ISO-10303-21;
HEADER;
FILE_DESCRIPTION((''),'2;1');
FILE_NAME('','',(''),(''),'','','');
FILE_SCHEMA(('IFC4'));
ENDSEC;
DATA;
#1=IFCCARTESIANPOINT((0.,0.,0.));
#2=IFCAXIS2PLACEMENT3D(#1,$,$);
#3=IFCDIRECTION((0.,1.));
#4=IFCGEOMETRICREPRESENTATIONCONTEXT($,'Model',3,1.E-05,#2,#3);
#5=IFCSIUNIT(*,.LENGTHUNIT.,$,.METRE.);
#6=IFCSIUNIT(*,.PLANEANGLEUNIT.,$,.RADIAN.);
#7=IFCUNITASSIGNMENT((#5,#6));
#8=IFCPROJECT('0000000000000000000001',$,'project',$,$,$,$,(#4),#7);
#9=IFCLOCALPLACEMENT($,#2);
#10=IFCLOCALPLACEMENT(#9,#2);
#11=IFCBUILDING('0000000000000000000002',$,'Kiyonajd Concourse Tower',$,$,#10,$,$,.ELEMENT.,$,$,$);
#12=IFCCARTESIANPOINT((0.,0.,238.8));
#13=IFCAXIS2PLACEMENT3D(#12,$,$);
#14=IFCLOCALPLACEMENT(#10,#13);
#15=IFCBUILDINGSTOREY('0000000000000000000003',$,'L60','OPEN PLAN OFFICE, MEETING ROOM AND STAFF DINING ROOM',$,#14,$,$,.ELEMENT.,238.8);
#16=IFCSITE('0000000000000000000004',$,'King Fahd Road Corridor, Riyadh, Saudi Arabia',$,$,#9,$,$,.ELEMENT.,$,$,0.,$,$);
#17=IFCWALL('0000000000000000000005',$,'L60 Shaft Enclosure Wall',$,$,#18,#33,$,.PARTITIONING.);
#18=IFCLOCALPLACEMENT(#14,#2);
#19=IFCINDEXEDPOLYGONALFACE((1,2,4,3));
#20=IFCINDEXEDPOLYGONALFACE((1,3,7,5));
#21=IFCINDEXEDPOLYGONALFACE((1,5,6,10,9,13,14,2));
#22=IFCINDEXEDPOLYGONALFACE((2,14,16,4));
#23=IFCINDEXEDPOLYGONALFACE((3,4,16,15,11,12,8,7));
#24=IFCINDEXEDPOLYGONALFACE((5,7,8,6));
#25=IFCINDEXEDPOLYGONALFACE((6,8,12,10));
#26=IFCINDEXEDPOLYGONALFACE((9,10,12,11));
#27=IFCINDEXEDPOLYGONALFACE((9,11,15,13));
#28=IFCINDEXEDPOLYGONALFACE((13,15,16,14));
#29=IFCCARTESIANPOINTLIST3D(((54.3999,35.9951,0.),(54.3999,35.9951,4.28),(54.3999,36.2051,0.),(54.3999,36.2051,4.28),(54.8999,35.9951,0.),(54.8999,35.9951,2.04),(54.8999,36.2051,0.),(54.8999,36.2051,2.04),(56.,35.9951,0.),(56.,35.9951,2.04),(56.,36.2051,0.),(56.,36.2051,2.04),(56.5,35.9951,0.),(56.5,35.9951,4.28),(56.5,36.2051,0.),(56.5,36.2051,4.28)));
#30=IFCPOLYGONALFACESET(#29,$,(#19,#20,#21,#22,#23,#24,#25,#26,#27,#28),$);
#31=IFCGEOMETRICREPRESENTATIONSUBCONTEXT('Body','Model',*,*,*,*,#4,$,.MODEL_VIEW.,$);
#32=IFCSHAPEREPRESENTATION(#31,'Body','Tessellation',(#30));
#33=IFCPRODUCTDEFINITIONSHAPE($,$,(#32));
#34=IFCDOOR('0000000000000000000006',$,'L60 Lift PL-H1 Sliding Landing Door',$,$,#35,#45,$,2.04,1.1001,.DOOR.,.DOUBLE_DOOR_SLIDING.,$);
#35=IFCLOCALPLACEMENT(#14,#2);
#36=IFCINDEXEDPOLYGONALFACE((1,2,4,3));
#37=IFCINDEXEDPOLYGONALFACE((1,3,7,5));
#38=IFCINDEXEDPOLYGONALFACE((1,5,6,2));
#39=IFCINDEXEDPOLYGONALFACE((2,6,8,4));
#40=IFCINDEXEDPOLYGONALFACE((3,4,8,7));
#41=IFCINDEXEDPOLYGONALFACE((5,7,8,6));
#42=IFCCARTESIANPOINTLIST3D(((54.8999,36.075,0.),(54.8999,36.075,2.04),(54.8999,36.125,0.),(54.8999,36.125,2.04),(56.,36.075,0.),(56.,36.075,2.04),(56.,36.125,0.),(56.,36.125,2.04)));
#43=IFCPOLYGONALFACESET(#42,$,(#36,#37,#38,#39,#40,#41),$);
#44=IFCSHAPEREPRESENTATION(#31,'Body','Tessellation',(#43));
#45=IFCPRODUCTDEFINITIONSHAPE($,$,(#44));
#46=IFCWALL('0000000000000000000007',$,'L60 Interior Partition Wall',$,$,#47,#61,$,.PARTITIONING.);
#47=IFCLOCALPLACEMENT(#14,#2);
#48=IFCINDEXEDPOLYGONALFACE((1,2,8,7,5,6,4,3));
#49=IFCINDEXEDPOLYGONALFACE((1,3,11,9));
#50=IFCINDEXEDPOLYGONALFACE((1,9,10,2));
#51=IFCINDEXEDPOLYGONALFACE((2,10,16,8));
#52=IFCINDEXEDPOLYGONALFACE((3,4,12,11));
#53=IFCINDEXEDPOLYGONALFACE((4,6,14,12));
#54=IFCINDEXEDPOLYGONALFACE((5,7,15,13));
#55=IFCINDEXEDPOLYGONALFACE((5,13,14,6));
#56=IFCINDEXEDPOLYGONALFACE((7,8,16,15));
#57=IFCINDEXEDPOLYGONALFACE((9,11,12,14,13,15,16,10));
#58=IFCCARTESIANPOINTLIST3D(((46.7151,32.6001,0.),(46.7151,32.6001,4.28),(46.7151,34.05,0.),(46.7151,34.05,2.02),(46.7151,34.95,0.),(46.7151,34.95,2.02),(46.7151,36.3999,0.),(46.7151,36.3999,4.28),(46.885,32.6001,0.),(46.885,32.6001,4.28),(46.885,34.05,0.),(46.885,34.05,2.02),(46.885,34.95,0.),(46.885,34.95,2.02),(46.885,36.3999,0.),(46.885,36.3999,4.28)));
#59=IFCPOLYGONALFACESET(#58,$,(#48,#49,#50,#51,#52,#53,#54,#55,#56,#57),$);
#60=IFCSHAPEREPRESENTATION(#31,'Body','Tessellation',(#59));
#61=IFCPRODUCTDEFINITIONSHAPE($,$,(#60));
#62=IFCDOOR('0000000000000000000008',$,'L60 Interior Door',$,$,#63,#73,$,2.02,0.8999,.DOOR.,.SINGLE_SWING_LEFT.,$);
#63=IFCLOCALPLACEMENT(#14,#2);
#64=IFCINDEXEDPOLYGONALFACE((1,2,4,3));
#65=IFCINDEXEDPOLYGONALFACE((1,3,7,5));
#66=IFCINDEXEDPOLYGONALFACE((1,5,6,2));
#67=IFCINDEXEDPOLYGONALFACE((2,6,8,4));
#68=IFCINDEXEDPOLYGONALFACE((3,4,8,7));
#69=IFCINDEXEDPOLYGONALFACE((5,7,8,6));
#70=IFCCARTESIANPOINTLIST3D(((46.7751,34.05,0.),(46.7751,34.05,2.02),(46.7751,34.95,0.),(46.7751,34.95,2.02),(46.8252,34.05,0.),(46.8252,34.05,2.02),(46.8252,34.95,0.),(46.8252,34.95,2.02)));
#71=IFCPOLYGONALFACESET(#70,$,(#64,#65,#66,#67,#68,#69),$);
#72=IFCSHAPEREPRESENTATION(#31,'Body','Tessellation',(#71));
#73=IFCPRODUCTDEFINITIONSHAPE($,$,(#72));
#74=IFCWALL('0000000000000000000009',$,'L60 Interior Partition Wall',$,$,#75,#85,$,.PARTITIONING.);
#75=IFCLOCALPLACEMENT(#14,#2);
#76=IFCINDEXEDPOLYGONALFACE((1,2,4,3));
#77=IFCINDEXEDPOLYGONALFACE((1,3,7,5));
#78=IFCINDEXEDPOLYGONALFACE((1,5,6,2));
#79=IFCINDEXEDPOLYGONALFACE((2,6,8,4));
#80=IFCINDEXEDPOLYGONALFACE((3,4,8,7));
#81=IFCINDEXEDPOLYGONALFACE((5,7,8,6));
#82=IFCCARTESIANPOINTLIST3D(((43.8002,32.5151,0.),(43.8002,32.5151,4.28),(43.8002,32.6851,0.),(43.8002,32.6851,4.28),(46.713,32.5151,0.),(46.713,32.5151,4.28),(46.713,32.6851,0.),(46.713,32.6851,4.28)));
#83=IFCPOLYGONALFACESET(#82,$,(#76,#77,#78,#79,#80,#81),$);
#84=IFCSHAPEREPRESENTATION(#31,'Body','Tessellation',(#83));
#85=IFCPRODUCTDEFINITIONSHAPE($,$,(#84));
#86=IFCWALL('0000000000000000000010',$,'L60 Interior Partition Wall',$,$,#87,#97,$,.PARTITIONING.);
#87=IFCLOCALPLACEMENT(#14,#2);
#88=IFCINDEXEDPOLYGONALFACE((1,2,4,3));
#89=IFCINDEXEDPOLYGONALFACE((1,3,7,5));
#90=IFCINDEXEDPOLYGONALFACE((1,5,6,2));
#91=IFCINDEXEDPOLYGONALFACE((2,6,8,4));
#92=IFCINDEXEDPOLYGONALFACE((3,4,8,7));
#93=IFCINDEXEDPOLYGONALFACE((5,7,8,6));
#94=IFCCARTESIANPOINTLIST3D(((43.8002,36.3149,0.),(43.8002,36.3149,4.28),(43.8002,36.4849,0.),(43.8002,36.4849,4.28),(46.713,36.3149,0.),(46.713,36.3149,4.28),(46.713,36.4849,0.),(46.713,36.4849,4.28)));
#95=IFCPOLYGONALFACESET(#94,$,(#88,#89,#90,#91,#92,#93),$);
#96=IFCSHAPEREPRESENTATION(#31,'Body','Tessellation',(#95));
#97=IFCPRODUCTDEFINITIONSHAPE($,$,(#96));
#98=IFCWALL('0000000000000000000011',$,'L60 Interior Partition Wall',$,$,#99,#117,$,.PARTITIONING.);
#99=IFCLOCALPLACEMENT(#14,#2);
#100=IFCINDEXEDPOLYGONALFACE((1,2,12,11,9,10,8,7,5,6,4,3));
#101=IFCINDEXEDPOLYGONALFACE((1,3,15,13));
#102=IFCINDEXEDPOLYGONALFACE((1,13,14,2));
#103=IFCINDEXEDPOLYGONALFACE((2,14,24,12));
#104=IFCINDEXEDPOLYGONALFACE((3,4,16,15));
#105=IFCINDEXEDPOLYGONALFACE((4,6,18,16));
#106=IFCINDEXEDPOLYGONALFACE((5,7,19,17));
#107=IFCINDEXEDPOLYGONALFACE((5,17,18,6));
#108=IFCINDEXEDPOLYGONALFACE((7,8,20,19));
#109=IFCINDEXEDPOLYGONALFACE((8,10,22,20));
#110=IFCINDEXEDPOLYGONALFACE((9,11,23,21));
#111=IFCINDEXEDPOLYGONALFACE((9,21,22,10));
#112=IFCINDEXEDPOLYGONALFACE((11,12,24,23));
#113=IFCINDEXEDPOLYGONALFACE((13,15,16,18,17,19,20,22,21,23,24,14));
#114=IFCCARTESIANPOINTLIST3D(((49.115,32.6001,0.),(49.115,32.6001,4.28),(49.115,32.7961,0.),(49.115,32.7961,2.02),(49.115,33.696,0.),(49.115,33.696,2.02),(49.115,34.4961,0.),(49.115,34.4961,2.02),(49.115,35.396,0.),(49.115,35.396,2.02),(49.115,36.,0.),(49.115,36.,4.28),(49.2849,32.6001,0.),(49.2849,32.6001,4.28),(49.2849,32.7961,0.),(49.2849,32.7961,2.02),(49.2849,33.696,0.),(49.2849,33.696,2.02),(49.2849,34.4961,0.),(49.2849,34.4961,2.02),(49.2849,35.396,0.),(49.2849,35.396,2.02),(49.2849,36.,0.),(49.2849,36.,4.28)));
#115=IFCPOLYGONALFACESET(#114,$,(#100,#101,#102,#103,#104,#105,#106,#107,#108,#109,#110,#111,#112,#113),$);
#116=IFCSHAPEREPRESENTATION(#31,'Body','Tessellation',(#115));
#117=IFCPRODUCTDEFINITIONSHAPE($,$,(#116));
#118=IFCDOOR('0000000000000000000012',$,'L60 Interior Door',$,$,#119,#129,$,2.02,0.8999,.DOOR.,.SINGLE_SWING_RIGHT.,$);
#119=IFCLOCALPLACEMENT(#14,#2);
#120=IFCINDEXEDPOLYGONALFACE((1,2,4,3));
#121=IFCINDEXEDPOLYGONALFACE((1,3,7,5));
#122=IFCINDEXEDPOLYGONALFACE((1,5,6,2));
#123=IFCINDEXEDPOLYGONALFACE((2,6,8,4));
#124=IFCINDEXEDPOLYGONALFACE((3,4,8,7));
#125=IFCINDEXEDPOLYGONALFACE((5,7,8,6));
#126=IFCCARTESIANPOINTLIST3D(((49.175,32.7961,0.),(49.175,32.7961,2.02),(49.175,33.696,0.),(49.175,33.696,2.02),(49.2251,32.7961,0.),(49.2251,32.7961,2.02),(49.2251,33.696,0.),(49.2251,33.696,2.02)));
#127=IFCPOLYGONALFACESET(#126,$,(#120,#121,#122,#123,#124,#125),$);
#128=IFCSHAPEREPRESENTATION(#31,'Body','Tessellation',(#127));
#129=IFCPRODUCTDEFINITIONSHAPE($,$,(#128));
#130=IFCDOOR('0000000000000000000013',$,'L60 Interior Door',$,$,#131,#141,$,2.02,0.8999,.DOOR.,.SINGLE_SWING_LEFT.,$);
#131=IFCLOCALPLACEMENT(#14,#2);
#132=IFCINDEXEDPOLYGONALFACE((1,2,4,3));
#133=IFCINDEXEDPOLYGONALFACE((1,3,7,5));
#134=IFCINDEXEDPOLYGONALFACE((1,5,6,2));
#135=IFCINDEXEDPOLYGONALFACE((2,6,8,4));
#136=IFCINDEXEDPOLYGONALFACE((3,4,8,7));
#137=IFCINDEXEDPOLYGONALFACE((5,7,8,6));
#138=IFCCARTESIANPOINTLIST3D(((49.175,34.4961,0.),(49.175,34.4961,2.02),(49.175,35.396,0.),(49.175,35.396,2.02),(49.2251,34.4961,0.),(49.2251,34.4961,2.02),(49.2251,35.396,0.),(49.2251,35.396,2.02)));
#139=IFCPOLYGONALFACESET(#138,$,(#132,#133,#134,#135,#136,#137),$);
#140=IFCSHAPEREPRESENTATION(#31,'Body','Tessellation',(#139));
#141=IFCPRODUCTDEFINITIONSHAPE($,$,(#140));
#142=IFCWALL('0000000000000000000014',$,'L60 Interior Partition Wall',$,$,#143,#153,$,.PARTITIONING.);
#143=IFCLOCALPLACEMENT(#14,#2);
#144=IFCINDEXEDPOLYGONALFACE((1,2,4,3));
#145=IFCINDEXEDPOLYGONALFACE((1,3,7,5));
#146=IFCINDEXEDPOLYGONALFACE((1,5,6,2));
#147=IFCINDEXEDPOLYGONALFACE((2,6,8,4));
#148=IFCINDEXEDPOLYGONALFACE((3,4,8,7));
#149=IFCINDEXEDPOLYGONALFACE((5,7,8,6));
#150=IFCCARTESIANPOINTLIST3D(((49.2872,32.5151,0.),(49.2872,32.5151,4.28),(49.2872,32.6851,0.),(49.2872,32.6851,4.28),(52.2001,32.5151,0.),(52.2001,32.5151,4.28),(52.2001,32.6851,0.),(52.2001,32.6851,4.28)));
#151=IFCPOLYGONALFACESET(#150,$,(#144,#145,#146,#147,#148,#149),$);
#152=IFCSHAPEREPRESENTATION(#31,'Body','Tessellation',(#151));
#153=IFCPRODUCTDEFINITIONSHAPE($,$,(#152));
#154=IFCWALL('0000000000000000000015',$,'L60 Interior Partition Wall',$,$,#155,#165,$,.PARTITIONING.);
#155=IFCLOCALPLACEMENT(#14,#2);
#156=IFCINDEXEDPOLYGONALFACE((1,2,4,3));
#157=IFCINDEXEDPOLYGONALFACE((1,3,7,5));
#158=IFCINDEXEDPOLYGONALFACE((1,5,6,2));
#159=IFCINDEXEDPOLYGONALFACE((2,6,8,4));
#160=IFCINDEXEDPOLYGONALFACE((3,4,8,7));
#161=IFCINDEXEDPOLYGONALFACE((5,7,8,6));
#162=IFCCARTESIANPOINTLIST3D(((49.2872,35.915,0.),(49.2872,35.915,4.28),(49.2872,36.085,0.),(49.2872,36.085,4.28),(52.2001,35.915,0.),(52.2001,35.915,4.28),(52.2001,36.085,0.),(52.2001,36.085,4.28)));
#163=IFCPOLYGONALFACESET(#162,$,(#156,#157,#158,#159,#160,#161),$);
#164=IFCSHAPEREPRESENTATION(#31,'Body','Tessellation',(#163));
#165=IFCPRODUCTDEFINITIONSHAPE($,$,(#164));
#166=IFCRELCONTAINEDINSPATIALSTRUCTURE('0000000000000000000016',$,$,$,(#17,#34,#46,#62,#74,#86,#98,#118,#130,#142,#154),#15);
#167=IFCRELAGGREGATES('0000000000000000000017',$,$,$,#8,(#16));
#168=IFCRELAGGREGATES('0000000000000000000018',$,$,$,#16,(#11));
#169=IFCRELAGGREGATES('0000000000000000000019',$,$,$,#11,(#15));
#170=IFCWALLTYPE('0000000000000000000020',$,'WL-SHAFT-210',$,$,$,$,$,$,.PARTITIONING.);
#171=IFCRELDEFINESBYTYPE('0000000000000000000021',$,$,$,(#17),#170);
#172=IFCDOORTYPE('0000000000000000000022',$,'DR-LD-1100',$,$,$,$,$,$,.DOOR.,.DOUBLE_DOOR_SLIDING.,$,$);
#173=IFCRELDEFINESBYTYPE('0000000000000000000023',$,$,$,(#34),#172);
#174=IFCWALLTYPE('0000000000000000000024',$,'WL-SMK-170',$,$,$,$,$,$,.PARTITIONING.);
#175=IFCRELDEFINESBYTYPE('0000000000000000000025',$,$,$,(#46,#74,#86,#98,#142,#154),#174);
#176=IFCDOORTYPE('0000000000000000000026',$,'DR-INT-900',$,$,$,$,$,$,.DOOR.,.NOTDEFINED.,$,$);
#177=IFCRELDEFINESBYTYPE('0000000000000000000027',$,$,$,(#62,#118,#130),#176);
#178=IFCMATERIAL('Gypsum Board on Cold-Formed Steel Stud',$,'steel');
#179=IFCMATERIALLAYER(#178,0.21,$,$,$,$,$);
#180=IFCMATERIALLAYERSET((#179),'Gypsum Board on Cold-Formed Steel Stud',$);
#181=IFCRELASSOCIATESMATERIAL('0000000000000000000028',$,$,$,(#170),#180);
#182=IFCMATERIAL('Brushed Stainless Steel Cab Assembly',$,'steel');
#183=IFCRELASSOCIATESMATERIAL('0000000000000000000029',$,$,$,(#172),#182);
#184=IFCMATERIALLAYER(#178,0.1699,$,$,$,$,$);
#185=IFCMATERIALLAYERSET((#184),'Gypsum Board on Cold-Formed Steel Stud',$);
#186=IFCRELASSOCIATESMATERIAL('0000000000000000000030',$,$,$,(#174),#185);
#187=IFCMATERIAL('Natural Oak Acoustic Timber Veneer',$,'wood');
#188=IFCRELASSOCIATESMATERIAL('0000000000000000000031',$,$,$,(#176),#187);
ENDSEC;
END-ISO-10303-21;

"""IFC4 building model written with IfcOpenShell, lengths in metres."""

from ifc_helpers import new_model, si_unit, direction, frame, frame_2d, origin, place, context, subcontext, project, spatial, rectangle, extrude, material, layer, layer_set, type_object, element, fill, save


model = new_model("IFC4")

# Units and contexts
model_context = context("Model", 3, precision=1e-05, world=origin(), true_north=direction((0.0, 1.0)))
body_context = subcontext(model_context, "Body", "Model", "MODEL_VIEW")
ifc_project = project(units=[si_unit("LENGTHUNIT", "METRE"), si_unit("PLANEANGLEUNIT", "RADIAN")], contexts=[model_context])

# Site, building, storey
site_placement = place(None, origin())
site = spatial("IfcSite", under=ifc_project, at=site_placement, Name="King Fahd Road Corridor, Riyadh, Saudi Arabia", CompositionType="ELEMENT", RefElevation=0.0)
building_placement = place(site_placement, origin())
building = spatial("IfcBuilding", under=site, at=building_placement, Name="Kiyonajd Concourse Tower", CompositionType="ELEMENT")
storey_placement = place(building_placement, frame((0.0, 0.0, 238.8)))
storey = spatial("IfcBuildingStorey", under=building, at=storey_placement, Name="L60", Description="OPEN PLAN OFFICE, MEETING ROOM AND STAFF DINING ROOM", CompositionType="ELEMENT", Elevation=238.8)

# Shared definitions
ifc_material_1 = material(Name="Gypsum Board on Cold-Formed Steel Stud", Category="steel")

# Shared definitions
ifc_layer_1 = layer(ifc_material_1, 0.21)
ifc_layer_set_1 = layer_set([ifc_layer_1], Name="Gypsum Board on Cold-Formed Steel Stud")
wall_type_1 = type_object("IfcWallType", Name="WL-SHAFT-210", PredefinedType="PARTITIONING", material=ifc_layer_set_1)
ifc_material_2 = material(Name="Brushed Stainless Steel Cab Assembly", Category="steel")

# Walls, openings, doors
wall_1_placement = place(storey_placement, frame((54.3999, 36.1001, 0.0), z_axis=(0.0, 0.0, 1.0), x_axis=(1.0, 0.0, 0.0)))
wall_1 = element("IfcWall", 1, at=wall_1_placement, inside=storey, type_object=wall_type_1, Name="L60 Shaft Enclosure Wall", PredefinedType="PARTITIONING", context=body_context, shape_type="SweptSolid", body=[
    extrude(rectangle(XDim=2.1001, YDim=0.21, at=frame_2d((1.05, 0.0))), origin(), (0.0, 0.0, 1.0), 4.28),
])
opening_1_placement = place(wall_1_placement, frame((0.5, 0.0, 0.0)))
opening_1 = element("IfcOpeningElement", 2, at=opening_1_placement, cuts=wall_1, PredefinedType="OPENING", context=body_context, shape_type="SweptSolid", body=[
    extrude(rectangle(XDim=1.1001, YDim=2.04, at=frame_2d((0.55, 1.02))), frame((0.0, 0.115, 0.0), z_axis=(0.0, -1.0, 0.0), x_axis=(1.0, 0.0, 0.0)), (0.0, 0.0, 1.0), 0.23),
])
door_type_1 = type_object("IfcDoorType", Name="DR-LD-1100", OperationType="DOUBLE_DOOR_SLIDING", PredefinedType="DOOR", material=ifc_material_2)
door_1_placement = place(opening_1_placement, origin())
door_1 = element("IfcDoor", 3, at=door_1_placement, inside=storey, type_object=door_type_1, Name="L60 Lift PL-H1 Sliding Landing Door", OperationType="DOUBLE_DOOR_SLIDING", OverallHeight=2.04, OverallWidth=1.1001, PredefinedType="DOOR", context=body_context, shape_type="SweptSolid", body=[
    extrude(rectangle(XDim=1.1001, YDim=2.04, at=frame_2d((0.55, 1.02))), frame((0.0, 0.0249, 0.0), z_axis=(0.0, -1.0, 0.0), x_axis=(1.0, 0.0, 0.0)), (0.0, 0.0, 1.0), 0.05),
])
fill(opening_1, door_1)
ifc_layer_2 = layer(ifc_material_1, 0.1699)
ifc_layer_set_2 = layer_set([ifc_layer_2], Name="Gypsum Board on Cold-Formed Steel Stud")
wall_type_2 = type_object("IfcWallType", Name="WL-SMK-170", PredefinedType="PARTITIONING", material=ifc_layer_set_2)
wall_2_placement = place(storey_placement, frame((46.8, 32.6001, 0.0), z_axis=(0.0, 0.0, 1.0), x_axis=(0.0, 1.0, 0.0)))
wall_2 = element("IfcWall", 4, at=wall_2_placement, inside=storey, type_object=wall_type_2, Name="L60 Interior Partition Wall", PredefinedType="PARTITIONING", context=body_context, shape_type="SweptSolid", body=[
    extrude(rectangle(XDim=3.7998, YDim=0.1699, at=frame_2d((1.8999, 0.0))), origin(), (0.0, 0.0, 1.0), 4.28),
])
opening_2_placement = place(wall_2_placement, frame((1.45, 0.0, 0.0)))
opening_2 = element("IfcOpeningElement", 5, at=opening_2_placement, cuts=wall_2, PredefinedType="OPENING", context=body_context, shape_type="SweptSolid", body=[
    extrude(rectangle(XDim=0.8999, YDim=2.02, at=frame_2d((0.45, 1.01))), frame((0.0, 0.095, 0.0), z_axis=(0.0, -1.0, 0.0), x_axis=(1.0, 0.0, 0.0)), (0.0, 0.0, 1.0), 0.1899),
])
ifc_material_3 = material(Name="Natural Oak Acoustic Timber Veneer", Category="wood")
door_type_2 = type_object("IfcDoorType", Name="DR-INT-900", OperationType="NOTDEFINED", PredefinedType="DOOR", material=ifc_material_3)
door_2_placement = place(opening_2_placement, origin())
door_2 = element("IfcDoor", 6, at=door_2_placement, inside=storey, type_object=door_type_2, Name="L60 Interior Door", OperationType="SINGLE_SWING_LEFT", OverallHeight=2.02, OverallWidth=0.8999, PredefinedType="DOOR", context=body_context, shape_type="SweptSolid", body=[
    extrude(rectangle(XDim=0.8999, YDim=2.02, at=frame_2d((0.45, 1.01))), frame((0.0, 0.0249, 0.0), z_axis=(0.0, -1.0, 0.0), x_axis=(1.0, 0.0, 0.0)), (0.0, 0.0, 1.0), 0.05),
])
fill(opening_2, door_2)

# Walls
for number, where, z_axis, x_axis, name in (
    (7, (43.8, 32.6001, 0.0), (0.0, 0.0, 1.0), (1.0, 0.0, 0.0), "L60 Interior Partition Wall"),
    (8, (43.8, 36.3999, 0.0), (0.0, 0.0, 1.0), (1.0, 0.0, 0.0), "L60 Interior Partition Wall"),
):
    element("IfcWall", number, at=place(storey_placement, frame(where, z_axis=z_axis, x_axis=x_axis)), inside=storey, type_object=wall_type_2, Name=name, PredefinedType="PARTITIONING", context=body_context, shape_type="SweptSolid", body=[
        extrude(rectangle(XDim=2.9128, YDim=0.1699, at=frame_2d((1.4565, 0.0))), origin(), (0.0, 0.0, 1.0), 4.28),
    ])

# Wall, openings, doors
wall_3_placement = place(storey_placement, frame((49.2, 32.6001, 0.0), z_axis=(0.0, 0.0, 1.0), x_axis=(0.0, 1.0, 0.0)))
wall_3 = element("IfcWall", 9, at=wall_3_placement, inside=storey, type_object=wall_type_2, Name="L60 Interior Partition Wall", PredefinedType="PARTITIONING", context=body_context, shape_type="SweptSolid", body=[
    extrude(rectangle(XDim=3.3999, YDim=0.1699, at=frame_2d((1.7, 0.0))), origin(), (0.0, 0.0, 1.0), 4.28),
])
opening_3_placement = place(wall_3_placement, frame((0.196, 0.0, 0.0)))
opening_3 = element("IfcOpeningElement", 10, at=opening_3_placement, cuts=wall_3, PredefinedType="OPENING", context=body_context, shape_type="SweptSolid", body=[
    extrude(rectangle(XDim=0.8999, YDim=2.02, at=frame_2d((0.45, 1.01))), frame((0.0, 0.095, 0.0), z_axis=(0.0, -1.0, 0.0), x_axis=(1.0, 0.0, 0.0)), (0.0, 0.0, 1.0), 0.1899),
])
opening_4_placement = place(wall_3_placement, frame((1.896, 0.0, 0.0)))
opening_4 = element("IfcOpeningElement", 11, at=opening_4_placement, cuts=wall_3, PredefinedType="OPENING", context=body_context, shape_type="SweptSolid", body=[
    extrude(rectangle(XDim=0.8999, YDim=2.02, at=frame_2d((0.45, 1.01))), frame((0.0, 0.095, 0.0), z_axis=(0.0, -1.0, 0.0), x_axis=(1.0, 0.0, 0.0)), (0.0, 0.0, 1.0), 0.1899),
])
door_3_placement = place(opening_3_placement, origin())
door_3 = element("IfcDoor", 12, at=door_3_placement, inside=storey, type_object=door_type_2, Name="L60 Interior Door", OperationType="SINGLE_SWING_RIGHT", OverallHeight=2.02, OverallWidth=0.8999, PredefinedType="DOOR", context=body_context, shape_type="SweptSolid", body=[
    extrude(rectangle(XDim=0.8999, YDim=2.02, at=frame_2d((0.45, 1.01))), frame((0.0, 0.0249, 0.0), z_axis=(0.0, -1.0, 0.0), x_axis=(1.0, 0.0, 0.0)), (0.0, 0.0, 1.0), 0.05),
])
fill(opening_3, door_3)
door_4_placement = place(opening_4_placement, origin())
door_4 = element("IfcDoor", 13, at=door_4_placement, inside=storey, type_object=door_type_2, Name="L60 Interior Door", OperationType="SINGLE_SWING_LEFT", OverallHeight=2.02, OverallWidth=0.8999, PredefinedType="DOOR", context=body_context, shape_type="SweptSolid", body=[
    extrude(rectangle(XDim=0.8999, YDim=2.02, at=frame_2d((0.45, 1.01))), frame((0.0, 0.0249, 0.0), z_axis=(0.0, -1.0, 0.0), x_axis=(1.0, 0.0, 0.0)), (0.0, 0.0, 1.0), 0.05),
])
fill(opening_4, door_4)

# Walls
for number, where, z_axis, x_axis, name in (
    (14, (49.2871, 32.6001, 0.0), (0.0, 0.0, 1.0), (1.0, 0.0, 0.0), "L60 Interior Partition Wall"),
    (15, (49.2871, 36.0, 0.0), (0.0, 0.0, 1.0), (1.0, 0.0, 0.0), "L60 Interior Partition Wall"),
):
    element("IfcWall", number, at=place(storey_placement, frame(where, z_axis=z_axis, x_axis=x_axis)), inside=storey, type_object=wall_type_2, Name=name, PredefinedType="PARTITIONING", context=body_context, shape_type="SweptSolid", body=[
        extrude(rectangle(XDim=2.9128, YDim=0.1699, at=frame_2d((1.4565, 0.0))), origin(), (0.0, 0.0, 1.0), 4.28),
    ])

save(model, "model.ifc")
